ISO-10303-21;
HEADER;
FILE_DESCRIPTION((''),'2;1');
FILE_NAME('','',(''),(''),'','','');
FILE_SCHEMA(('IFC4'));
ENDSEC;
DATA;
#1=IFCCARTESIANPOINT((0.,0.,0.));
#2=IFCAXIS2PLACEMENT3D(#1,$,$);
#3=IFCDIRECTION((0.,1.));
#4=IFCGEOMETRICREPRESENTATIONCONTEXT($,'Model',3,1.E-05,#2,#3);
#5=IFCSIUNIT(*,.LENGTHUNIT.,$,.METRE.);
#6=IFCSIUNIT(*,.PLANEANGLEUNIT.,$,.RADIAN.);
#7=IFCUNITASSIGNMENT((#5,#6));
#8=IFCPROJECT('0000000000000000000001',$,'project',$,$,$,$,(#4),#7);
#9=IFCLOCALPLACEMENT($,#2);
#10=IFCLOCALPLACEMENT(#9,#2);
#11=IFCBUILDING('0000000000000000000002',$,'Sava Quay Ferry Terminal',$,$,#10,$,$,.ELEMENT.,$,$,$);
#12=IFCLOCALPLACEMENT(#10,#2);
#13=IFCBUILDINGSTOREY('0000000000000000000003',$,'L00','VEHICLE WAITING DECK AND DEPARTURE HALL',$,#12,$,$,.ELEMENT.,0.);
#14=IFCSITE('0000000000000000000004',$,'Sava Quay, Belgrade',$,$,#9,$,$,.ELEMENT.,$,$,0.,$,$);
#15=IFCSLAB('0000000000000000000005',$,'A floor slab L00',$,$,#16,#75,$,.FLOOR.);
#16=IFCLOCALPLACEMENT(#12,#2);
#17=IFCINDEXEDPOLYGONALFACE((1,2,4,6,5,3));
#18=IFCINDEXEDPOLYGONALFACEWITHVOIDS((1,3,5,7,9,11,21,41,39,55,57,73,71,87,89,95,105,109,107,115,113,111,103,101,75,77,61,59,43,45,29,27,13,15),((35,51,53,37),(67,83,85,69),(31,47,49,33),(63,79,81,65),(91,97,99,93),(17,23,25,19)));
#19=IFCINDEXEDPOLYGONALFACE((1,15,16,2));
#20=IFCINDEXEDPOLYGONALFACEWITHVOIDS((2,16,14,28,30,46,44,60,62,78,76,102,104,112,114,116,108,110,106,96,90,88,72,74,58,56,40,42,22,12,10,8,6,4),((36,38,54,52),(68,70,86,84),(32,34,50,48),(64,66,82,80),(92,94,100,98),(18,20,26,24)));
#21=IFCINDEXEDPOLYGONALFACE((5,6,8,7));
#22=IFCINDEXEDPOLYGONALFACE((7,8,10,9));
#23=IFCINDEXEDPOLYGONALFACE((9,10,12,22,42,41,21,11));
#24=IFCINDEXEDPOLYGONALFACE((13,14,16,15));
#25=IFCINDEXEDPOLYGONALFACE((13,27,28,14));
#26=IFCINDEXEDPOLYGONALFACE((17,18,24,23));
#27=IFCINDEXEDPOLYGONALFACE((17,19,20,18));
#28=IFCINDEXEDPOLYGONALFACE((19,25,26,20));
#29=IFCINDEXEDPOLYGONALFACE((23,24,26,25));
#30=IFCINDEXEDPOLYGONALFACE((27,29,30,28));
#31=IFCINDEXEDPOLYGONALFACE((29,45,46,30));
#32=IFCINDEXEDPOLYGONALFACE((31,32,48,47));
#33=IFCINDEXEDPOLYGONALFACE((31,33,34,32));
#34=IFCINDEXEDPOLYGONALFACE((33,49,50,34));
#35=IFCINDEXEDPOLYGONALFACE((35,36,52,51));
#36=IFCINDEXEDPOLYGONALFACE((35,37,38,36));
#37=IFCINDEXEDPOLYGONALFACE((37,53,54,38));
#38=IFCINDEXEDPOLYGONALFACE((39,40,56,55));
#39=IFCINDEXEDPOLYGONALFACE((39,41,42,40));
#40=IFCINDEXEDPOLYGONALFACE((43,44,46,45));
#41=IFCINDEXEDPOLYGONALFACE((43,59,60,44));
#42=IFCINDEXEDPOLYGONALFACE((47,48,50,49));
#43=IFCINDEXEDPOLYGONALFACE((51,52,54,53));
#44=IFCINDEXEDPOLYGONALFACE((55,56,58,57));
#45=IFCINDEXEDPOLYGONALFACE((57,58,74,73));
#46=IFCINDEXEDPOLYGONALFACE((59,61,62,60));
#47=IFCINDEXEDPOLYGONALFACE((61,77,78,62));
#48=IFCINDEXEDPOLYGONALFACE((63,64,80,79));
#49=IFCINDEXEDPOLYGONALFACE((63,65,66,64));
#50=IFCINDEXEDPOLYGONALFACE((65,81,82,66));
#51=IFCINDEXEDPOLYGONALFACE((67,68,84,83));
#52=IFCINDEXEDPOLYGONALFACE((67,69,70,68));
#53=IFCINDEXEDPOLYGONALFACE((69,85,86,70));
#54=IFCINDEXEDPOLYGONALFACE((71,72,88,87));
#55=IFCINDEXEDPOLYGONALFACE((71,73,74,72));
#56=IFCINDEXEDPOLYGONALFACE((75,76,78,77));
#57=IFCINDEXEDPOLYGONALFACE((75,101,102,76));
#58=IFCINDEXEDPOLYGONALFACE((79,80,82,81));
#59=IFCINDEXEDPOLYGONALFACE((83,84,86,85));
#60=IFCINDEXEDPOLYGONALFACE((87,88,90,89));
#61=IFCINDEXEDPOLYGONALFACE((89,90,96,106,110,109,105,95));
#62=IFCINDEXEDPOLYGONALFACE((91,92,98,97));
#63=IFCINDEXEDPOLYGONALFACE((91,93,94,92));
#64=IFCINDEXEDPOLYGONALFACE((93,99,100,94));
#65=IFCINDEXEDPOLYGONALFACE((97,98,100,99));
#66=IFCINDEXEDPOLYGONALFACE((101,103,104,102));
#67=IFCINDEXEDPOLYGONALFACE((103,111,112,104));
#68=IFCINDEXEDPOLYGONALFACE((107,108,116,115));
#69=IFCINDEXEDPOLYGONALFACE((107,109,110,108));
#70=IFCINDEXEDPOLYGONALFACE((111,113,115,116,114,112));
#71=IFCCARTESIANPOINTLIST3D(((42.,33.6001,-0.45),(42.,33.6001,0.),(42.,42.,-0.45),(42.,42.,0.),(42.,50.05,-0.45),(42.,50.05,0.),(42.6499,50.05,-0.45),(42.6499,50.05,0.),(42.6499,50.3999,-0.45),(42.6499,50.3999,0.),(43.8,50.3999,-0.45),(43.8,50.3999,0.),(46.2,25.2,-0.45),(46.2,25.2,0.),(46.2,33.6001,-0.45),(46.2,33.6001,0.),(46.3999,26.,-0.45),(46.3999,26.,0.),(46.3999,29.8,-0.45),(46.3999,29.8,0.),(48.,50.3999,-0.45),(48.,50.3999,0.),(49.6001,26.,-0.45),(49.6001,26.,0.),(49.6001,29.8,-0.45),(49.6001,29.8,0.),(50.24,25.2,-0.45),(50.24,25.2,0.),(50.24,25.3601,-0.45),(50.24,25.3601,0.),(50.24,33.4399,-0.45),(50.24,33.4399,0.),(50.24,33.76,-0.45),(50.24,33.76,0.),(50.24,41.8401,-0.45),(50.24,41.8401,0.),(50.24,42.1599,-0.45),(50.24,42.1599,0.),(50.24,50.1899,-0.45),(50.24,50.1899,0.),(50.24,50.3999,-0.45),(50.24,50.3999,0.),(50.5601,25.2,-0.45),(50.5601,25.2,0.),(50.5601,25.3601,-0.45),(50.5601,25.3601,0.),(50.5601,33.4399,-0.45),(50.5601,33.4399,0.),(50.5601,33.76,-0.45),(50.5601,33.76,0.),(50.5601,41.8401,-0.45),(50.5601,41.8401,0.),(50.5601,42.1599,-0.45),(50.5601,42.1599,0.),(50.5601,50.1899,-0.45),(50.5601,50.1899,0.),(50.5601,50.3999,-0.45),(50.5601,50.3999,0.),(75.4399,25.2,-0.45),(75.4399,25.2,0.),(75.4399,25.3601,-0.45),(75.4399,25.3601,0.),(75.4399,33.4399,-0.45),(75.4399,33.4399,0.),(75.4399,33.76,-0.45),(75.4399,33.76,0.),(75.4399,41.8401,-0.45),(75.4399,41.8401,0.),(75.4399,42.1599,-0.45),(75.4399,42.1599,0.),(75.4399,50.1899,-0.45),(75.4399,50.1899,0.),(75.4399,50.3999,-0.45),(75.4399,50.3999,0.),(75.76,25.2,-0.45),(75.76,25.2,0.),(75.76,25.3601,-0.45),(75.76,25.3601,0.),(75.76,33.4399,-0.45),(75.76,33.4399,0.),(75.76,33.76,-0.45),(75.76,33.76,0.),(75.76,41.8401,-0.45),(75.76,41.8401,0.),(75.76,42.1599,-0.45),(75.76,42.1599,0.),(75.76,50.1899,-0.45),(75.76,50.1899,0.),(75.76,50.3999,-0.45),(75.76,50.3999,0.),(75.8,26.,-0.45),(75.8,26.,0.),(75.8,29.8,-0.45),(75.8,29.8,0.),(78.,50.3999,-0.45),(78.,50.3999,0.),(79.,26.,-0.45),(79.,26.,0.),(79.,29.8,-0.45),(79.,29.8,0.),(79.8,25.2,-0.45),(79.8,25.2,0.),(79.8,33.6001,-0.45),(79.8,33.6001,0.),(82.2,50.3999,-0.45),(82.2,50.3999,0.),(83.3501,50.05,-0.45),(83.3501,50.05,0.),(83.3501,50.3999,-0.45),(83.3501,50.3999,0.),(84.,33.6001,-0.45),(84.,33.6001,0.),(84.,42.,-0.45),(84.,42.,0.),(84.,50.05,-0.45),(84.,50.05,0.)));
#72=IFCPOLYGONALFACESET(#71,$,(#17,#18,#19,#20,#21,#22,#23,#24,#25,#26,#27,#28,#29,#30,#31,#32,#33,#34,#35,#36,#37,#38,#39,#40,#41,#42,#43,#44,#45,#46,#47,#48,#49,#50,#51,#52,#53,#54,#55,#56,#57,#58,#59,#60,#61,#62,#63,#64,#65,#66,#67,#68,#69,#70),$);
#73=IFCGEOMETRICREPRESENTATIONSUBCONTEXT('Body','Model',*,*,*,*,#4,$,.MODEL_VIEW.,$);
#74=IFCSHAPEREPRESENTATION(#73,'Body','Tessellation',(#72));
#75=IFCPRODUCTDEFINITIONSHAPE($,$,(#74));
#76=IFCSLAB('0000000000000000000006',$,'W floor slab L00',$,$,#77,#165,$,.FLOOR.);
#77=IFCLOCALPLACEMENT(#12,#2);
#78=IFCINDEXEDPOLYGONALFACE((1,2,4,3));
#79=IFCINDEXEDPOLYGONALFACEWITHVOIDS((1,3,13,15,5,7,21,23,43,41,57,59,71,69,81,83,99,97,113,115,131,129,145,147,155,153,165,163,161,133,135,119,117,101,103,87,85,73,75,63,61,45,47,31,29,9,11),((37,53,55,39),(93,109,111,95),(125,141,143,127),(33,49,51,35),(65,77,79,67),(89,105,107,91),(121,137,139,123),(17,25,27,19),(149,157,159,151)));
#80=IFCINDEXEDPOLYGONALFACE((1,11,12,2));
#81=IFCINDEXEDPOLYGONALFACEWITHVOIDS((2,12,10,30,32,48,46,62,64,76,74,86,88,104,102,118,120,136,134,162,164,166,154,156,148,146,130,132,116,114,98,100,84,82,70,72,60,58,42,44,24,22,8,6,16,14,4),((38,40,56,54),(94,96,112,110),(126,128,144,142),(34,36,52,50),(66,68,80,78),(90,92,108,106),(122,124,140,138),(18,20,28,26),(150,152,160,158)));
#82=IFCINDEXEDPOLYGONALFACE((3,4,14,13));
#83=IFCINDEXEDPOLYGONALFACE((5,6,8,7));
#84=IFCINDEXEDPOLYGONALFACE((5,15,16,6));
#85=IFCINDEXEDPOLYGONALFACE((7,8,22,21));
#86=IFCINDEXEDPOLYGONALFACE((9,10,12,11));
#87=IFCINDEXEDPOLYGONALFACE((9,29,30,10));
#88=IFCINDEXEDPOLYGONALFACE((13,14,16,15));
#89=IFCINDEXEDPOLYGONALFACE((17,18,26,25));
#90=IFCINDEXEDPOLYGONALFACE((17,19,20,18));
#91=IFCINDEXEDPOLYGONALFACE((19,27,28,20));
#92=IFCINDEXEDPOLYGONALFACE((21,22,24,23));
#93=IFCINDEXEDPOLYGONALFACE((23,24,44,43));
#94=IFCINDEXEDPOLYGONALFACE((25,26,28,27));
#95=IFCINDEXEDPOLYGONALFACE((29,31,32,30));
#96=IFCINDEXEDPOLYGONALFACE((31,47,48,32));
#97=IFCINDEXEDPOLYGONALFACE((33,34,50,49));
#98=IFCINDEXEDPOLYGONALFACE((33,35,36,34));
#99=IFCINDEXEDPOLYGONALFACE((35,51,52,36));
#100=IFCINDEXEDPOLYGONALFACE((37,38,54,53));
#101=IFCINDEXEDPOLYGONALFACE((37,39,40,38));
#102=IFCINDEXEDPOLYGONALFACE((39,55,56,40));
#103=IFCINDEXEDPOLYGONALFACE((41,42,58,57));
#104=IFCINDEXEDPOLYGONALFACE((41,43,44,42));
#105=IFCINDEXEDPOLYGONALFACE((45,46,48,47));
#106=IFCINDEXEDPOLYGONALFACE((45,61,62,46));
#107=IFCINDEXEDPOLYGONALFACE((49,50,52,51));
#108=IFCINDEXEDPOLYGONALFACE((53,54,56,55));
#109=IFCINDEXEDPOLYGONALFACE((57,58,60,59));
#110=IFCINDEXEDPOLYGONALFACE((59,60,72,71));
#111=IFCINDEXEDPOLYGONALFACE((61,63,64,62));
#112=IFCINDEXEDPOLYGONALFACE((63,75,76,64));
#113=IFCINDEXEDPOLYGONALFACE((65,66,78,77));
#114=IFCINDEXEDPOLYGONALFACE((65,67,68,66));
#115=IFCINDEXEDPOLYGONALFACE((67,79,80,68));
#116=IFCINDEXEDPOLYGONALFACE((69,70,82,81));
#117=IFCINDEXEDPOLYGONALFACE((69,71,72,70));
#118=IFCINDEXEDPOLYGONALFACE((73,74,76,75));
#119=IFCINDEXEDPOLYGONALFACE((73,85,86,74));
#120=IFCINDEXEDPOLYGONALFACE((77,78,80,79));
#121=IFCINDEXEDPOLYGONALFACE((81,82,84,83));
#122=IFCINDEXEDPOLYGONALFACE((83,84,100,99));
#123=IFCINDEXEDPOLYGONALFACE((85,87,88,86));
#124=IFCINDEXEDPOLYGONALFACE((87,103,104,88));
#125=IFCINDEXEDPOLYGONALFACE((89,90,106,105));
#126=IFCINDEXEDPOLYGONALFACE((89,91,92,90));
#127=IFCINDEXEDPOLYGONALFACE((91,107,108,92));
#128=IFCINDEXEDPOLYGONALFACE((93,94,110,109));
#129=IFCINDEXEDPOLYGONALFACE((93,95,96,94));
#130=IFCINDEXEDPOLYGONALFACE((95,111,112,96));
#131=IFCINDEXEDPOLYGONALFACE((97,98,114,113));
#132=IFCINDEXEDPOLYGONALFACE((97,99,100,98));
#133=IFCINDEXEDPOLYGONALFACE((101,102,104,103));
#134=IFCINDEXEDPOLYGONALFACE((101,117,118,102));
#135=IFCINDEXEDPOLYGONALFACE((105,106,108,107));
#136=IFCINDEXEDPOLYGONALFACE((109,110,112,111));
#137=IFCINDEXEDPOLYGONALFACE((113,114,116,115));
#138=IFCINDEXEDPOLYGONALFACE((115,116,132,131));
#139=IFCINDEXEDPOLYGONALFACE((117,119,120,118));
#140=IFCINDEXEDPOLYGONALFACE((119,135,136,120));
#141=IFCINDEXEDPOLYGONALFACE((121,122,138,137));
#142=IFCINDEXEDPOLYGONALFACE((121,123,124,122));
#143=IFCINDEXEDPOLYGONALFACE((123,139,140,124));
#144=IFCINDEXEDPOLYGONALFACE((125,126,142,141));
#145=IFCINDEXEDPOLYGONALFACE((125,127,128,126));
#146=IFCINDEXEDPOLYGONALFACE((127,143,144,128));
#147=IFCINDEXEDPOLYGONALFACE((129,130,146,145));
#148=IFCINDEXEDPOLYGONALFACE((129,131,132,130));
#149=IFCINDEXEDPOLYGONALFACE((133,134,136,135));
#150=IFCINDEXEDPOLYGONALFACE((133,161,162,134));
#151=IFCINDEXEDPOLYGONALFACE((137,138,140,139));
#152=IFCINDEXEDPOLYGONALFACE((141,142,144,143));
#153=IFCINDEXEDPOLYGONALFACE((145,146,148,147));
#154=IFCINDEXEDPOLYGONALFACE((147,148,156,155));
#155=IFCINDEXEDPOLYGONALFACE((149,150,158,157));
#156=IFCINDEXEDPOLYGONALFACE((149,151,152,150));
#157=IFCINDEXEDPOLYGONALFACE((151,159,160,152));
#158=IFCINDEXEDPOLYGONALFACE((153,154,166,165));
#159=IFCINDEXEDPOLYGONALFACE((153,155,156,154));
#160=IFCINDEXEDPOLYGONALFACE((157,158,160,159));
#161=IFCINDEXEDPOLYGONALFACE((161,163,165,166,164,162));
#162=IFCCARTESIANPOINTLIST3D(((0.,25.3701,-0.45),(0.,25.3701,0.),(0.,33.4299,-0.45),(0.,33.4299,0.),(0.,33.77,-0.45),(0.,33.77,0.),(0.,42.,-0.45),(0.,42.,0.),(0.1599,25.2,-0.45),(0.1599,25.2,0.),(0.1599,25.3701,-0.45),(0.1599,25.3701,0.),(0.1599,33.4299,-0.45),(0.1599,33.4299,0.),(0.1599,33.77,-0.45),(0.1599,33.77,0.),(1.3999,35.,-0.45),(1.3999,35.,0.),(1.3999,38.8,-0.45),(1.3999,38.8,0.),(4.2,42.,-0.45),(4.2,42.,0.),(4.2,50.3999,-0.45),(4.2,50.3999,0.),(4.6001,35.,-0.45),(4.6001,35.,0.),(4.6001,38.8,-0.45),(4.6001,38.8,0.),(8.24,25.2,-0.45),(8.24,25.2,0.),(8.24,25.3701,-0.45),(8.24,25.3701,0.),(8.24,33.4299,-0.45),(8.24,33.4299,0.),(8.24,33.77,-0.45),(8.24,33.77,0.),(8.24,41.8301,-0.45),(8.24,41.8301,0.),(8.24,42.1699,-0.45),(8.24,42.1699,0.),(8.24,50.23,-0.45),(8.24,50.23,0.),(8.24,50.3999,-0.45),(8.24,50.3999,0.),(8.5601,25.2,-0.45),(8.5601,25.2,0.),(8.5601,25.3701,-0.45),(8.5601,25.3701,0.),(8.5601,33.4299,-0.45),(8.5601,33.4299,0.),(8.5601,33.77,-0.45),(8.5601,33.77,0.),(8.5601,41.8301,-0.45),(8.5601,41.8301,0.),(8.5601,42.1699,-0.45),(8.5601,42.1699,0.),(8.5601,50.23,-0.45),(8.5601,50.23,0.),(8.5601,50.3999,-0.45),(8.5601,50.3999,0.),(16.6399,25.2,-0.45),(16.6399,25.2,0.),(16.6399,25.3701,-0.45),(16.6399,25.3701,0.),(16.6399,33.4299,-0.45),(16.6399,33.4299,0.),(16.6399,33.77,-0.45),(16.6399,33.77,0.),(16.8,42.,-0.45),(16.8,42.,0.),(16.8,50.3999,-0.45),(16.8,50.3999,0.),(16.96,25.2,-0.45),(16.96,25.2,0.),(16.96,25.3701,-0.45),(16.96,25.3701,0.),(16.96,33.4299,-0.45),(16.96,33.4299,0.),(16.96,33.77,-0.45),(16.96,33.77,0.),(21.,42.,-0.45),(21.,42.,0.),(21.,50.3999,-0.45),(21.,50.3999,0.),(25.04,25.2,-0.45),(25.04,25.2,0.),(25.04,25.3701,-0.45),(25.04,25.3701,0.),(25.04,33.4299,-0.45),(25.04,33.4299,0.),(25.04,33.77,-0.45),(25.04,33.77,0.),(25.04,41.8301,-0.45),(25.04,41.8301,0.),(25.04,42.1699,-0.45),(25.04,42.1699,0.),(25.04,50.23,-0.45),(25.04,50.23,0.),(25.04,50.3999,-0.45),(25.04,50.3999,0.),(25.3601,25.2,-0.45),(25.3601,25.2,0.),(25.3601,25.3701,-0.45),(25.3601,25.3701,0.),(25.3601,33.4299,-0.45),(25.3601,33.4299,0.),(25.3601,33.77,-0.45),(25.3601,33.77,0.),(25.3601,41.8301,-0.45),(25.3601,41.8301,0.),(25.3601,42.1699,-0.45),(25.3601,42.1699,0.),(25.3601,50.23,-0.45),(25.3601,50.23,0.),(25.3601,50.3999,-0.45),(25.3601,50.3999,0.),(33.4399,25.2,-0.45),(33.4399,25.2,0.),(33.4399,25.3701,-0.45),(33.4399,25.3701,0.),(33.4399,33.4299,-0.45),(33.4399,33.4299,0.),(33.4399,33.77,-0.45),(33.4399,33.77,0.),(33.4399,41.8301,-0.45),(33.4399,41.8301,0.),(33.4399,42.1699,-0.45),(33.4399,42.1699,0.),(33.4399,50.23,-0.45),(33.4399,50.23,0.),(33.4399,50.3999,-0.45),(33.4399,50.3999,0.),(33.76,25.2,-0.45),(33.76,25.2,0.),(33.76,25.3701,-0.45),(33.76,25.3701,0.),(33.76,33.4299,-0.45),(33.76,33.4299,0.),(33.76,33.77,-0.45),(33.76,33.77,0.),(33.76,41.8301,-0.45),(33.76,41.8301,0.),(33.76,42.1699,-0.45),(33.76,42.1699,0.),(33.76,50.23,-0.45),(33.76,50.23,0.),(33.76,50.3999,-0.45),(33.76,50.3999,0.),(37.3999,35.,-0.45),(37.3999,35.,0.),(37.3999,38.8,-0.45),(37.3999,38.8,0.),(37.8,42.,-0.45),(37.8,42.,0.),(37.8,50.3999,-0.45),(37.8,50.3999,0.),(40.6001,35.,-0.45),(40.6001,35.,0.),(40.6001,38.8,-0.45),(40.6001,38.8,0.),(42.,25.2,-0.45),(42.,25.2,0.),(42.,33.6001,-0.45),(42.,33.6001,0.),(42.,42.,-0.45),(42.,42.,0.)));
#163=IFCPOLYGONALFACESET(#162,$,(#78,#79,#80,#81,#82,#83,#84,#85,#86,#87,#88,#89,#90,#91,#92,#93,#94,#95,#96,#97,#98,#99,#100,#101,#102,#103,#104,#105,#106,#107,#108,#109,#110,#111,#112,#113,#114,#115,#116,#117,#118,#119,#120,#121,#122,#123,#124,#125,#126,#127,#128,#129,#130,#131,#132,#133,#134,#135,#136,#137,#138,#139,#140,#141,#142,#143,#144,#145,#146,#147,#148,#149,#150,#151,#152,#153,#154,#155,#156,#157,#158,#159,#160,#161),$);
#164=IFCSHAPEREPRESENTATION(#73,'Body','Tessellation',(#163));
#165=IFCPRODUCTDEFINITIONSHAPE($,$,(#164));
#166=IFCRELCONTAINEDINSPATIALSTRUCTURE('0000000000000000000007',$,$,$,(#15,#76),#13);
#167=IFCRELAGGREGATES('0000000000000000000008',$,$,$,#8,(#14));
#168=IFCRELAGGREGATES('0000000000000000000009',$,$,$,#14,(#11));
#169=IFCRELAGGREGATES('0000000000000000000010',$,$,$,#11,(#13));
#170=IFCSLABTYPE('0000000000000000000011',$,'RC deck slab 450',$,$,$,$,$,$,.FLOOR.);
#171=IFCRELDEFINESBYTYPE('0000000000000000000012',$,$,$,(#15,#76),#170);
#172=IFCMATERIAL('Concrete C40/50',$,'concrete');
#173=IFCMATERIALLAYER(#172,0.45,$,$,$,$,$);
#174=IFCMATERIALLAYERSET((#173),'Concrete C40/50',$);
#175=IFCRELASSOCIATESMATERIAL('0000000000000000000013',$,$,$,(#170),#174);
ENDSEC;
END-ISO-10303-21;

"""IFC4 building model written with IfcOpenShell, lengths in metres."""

from ifc_helpers import new_model, si_unit, direction, frame, origin, place, context, subcontext, project, spatial, polyline, outline, extrude, material, layer, layer_set, type_object, element, save


model = new_model("IFC4")

# Units and contexts
model_context = context("Model", 3, precision=1e-05, world=origin(), true_north=direction((0.0, 1.0)))
body_context = subcontext(model_context, "Body", "Model", "MODEL_VIEW")
ifc_project = project(units=[si_unit("LENGTHUNIT", "METRE"), si_unit("PLANEANGLEUNIT", "RADIAN")], contexts=[model_context])

# Site, building, storey
site_placement = place(None, origin())
site = spatial("IfcSite", under=ifc_project, at=site_placement, Name="Sava Quay, Belgrade", CompositionType="ELEMENT", RefElevation=0.0)
building_placement = place(site_placement, origin())
building = spatial("IfcBuilding", under=site, at=building_placement, Name="Sava Quay Ferry Terminal", CompositionType="ELEMENT")
storey_placement = place(building_placement, origin())
storey = spatial("IfcBuildingStorey", under=building, at=storey_placement, Name="L00", Description="VEHICLE WAITING DECK AND DEPARTURE HALL", CompositionType="ELEMENT", Elevation=0.0)

# Slabs
ifc_material_1 = material(Name="Concrete C40/50", Category="concrete")
ifc_layer_1 = layer(ifc_material_1, 0.45)
ifc_layer_set_1 = layer_set([ifc_layer_1], Name="Concrete C40/50")
slab_type = type_object("IfcSlabType", Name="RC deck slab 450", PredefinedType="FLOOR", material=ifc_layer_set_1)
slab_1_placement = place(storey_placement, frame((0.0, 0.0, -0.45)))
element("IfcSlab", 1, at=slab_1_placement, inside=storey, type_object=slab_type, Name="A floor slab L00", PredefinedType="FLOOR", context=body_context, shape_type="SweptSolid", body=[
    extrude(outline(polyline([(84.0, 33.6001), (79.8, 33.6001), (79.8, 25.2), (75.76, 25.2), (75.76, 25.3601), (75.4399, 25.3601), (75.4399, 25.2), (50.5601, 25.2), (50.5601, 25.3601), (50.24, 25.3601), (50.24, 25.2), (46.2, 25.2), (46.2, 33.6001), (42.0, 33.6001), (42.0, 42.0), (42.0, 50.05), (42.6499, 50.05), (42.6499, 50.3999), (43.8, 50.3999), (48.0, 50.3999), (50.24, 50.3999), (50.24, 50.1899), (50.5601, 50.1899), (50.5601, 50.3999), (75.4399, 50.3999), (75.4399, 50.1899), (75.76, 50.1899), (75.76, 50.3999), (78.0, 50.3999), (82.2, 50.3999), (83.3501, 50.3999), (83.3501, 50.05), (84.0, 50.05), (84.0, 42.0), (84.0, 33.6001)]), holes=[polyline([(46.3999, 29.8), (46.3999, 26.0), (49.6001, 26.0), (49.6001, 29.8), (46.3999, 29.8)]), polyline([(50.5601, 33.76), (50.24, 33.76), (50.24, 33.4399), (50.5601, 33.4399), (50.5601, 33.76)]), polyline([(50.24, 42.1599), (50.24, 41.8401), (50.5601, 41.8401), (50.5601, 42.1599), (50.24, 42.1599)]), polyline([(79.0, 29.8), (75.8, 29.8), (75.8, 26.0), (79.0, 26.0), (79.0, 29.8)]), polyline([(75.76, 33.76), (75.4399, 33.76), (75.4399, 33.4399), (75.76, 33.4399), (75.76, 33.76)]), polyline([(75.76, 42.1599), (75.4399, 42.1599), (75.4399, 41.8401), (75.76, 41.8401), (75.76, 42.1599)])]), origin(), (0.0, 0.0, 1.0), 0.45),
])
slab_2_placement = place(storey_placement, frame((0.0, 0.0, -0.45)))
element("IfcSlab", 2, at=slab_2_placement, inside=storey, type_object=slab_type, Name="W floor slab L00", PredefinedType="FLOOR", context=body_context, shape_type="SweptSolid", body=[
    extrude(outline(polyline([(42.0, 25.2), (33.76, 25.2), (33.76, 25.3701), (33.4399, 25.3701), (33.4399, 25.2), (25.3601, 25.2), (25.3601, 25.3701), (25.04, 25.3701), (25.04, 25.2), (16.96, 25.2), (16.96, 25.3701), (16.6399, 25.3701), (16.6399, 25.2), (8.5601, 25.2), (8.5601, 25.3701), (8.24, 25.3701), (8.24, 25.2), (0.1599, 25.2), (0.1599, 25.3701), (0.0, 25.3701), (0.0, 33.4299), (0.1599, 33.4299), (0.1599, 33.77), (0.0, 33.77), (0.0, 42.0), (4.2, 42.0), (4.2, 50.3999), (8.24, 50.3999), (8.24, 50.23), (8.5601, 50.23), (8.5601, 50.3999), (16.8, 50.3999), (16.8, 42.0), (21.0, 42.0), (21.0, 50.3999), (25.04, 50.3999), (25.04, 50.23), (25.3601, 50.23), (25.3601, 50.3999), (33.4399, 50.3999), (33.4399, 50.23), (33.76, 50.23), (33.76, 50.3999), (37.8, 50.3999), (37.8, 42.0), (42.0, 42.0), (42.0, 33.6001), (42.0, 25.2)]), holes=[polyline([(33.76, 33.77), (33.4399, 33.77), (33.4399, 33.4299), (33.76, 33.4299), (33.76, 33.77)]), polyline([(25.04, 33.77), (25.04, 33.4299), (25.3601, 33.4299), (25.3601, 33.77), (25.04, 33.77)]), polyline([(16.96, 33.77), (16.6399, 33.77), (16.6399, 33.4299), (16.96, 33.4299), (16.96, 33.77)]), polyline([(8.5601, 33.77), (8.24, 33.77), (8.24, 33.4299), (8.5601, 33.4299), (8.5601, 33.77)]), polyline([(40.6001, 38.8), (37.3999, 38.8), (37.3999, 35.0), (40.6001, 35.0), (40.6001, 38.8)]), polyline([(4.6001, 38.8), (1.3999, 38.8), (1.3999, 35.0), (4.6001, 35.0), (4.6001, 38.8)]), polyline([(25.3601, 42.1699), (25.04, 42.1699), (25.04, 41.8301), (25.3601, 41.8301), (25.3601, 42.1699)]), polyline([(8.5601, 42.1699), (8.24, 42.1699), (8.24, 41.8301), (8.5601, 41.8301), (8.5601, 42.1699)]), polyline([(33.4399, 42.1699), (33.4399, 41.8301), (33.76, 41.8301), (33.76, 42.1699), (33.4399, 42.1699)])]), origin(), (0.0, 0.0, 1.0), 0.45),
])

save(model, "model.ifc")
